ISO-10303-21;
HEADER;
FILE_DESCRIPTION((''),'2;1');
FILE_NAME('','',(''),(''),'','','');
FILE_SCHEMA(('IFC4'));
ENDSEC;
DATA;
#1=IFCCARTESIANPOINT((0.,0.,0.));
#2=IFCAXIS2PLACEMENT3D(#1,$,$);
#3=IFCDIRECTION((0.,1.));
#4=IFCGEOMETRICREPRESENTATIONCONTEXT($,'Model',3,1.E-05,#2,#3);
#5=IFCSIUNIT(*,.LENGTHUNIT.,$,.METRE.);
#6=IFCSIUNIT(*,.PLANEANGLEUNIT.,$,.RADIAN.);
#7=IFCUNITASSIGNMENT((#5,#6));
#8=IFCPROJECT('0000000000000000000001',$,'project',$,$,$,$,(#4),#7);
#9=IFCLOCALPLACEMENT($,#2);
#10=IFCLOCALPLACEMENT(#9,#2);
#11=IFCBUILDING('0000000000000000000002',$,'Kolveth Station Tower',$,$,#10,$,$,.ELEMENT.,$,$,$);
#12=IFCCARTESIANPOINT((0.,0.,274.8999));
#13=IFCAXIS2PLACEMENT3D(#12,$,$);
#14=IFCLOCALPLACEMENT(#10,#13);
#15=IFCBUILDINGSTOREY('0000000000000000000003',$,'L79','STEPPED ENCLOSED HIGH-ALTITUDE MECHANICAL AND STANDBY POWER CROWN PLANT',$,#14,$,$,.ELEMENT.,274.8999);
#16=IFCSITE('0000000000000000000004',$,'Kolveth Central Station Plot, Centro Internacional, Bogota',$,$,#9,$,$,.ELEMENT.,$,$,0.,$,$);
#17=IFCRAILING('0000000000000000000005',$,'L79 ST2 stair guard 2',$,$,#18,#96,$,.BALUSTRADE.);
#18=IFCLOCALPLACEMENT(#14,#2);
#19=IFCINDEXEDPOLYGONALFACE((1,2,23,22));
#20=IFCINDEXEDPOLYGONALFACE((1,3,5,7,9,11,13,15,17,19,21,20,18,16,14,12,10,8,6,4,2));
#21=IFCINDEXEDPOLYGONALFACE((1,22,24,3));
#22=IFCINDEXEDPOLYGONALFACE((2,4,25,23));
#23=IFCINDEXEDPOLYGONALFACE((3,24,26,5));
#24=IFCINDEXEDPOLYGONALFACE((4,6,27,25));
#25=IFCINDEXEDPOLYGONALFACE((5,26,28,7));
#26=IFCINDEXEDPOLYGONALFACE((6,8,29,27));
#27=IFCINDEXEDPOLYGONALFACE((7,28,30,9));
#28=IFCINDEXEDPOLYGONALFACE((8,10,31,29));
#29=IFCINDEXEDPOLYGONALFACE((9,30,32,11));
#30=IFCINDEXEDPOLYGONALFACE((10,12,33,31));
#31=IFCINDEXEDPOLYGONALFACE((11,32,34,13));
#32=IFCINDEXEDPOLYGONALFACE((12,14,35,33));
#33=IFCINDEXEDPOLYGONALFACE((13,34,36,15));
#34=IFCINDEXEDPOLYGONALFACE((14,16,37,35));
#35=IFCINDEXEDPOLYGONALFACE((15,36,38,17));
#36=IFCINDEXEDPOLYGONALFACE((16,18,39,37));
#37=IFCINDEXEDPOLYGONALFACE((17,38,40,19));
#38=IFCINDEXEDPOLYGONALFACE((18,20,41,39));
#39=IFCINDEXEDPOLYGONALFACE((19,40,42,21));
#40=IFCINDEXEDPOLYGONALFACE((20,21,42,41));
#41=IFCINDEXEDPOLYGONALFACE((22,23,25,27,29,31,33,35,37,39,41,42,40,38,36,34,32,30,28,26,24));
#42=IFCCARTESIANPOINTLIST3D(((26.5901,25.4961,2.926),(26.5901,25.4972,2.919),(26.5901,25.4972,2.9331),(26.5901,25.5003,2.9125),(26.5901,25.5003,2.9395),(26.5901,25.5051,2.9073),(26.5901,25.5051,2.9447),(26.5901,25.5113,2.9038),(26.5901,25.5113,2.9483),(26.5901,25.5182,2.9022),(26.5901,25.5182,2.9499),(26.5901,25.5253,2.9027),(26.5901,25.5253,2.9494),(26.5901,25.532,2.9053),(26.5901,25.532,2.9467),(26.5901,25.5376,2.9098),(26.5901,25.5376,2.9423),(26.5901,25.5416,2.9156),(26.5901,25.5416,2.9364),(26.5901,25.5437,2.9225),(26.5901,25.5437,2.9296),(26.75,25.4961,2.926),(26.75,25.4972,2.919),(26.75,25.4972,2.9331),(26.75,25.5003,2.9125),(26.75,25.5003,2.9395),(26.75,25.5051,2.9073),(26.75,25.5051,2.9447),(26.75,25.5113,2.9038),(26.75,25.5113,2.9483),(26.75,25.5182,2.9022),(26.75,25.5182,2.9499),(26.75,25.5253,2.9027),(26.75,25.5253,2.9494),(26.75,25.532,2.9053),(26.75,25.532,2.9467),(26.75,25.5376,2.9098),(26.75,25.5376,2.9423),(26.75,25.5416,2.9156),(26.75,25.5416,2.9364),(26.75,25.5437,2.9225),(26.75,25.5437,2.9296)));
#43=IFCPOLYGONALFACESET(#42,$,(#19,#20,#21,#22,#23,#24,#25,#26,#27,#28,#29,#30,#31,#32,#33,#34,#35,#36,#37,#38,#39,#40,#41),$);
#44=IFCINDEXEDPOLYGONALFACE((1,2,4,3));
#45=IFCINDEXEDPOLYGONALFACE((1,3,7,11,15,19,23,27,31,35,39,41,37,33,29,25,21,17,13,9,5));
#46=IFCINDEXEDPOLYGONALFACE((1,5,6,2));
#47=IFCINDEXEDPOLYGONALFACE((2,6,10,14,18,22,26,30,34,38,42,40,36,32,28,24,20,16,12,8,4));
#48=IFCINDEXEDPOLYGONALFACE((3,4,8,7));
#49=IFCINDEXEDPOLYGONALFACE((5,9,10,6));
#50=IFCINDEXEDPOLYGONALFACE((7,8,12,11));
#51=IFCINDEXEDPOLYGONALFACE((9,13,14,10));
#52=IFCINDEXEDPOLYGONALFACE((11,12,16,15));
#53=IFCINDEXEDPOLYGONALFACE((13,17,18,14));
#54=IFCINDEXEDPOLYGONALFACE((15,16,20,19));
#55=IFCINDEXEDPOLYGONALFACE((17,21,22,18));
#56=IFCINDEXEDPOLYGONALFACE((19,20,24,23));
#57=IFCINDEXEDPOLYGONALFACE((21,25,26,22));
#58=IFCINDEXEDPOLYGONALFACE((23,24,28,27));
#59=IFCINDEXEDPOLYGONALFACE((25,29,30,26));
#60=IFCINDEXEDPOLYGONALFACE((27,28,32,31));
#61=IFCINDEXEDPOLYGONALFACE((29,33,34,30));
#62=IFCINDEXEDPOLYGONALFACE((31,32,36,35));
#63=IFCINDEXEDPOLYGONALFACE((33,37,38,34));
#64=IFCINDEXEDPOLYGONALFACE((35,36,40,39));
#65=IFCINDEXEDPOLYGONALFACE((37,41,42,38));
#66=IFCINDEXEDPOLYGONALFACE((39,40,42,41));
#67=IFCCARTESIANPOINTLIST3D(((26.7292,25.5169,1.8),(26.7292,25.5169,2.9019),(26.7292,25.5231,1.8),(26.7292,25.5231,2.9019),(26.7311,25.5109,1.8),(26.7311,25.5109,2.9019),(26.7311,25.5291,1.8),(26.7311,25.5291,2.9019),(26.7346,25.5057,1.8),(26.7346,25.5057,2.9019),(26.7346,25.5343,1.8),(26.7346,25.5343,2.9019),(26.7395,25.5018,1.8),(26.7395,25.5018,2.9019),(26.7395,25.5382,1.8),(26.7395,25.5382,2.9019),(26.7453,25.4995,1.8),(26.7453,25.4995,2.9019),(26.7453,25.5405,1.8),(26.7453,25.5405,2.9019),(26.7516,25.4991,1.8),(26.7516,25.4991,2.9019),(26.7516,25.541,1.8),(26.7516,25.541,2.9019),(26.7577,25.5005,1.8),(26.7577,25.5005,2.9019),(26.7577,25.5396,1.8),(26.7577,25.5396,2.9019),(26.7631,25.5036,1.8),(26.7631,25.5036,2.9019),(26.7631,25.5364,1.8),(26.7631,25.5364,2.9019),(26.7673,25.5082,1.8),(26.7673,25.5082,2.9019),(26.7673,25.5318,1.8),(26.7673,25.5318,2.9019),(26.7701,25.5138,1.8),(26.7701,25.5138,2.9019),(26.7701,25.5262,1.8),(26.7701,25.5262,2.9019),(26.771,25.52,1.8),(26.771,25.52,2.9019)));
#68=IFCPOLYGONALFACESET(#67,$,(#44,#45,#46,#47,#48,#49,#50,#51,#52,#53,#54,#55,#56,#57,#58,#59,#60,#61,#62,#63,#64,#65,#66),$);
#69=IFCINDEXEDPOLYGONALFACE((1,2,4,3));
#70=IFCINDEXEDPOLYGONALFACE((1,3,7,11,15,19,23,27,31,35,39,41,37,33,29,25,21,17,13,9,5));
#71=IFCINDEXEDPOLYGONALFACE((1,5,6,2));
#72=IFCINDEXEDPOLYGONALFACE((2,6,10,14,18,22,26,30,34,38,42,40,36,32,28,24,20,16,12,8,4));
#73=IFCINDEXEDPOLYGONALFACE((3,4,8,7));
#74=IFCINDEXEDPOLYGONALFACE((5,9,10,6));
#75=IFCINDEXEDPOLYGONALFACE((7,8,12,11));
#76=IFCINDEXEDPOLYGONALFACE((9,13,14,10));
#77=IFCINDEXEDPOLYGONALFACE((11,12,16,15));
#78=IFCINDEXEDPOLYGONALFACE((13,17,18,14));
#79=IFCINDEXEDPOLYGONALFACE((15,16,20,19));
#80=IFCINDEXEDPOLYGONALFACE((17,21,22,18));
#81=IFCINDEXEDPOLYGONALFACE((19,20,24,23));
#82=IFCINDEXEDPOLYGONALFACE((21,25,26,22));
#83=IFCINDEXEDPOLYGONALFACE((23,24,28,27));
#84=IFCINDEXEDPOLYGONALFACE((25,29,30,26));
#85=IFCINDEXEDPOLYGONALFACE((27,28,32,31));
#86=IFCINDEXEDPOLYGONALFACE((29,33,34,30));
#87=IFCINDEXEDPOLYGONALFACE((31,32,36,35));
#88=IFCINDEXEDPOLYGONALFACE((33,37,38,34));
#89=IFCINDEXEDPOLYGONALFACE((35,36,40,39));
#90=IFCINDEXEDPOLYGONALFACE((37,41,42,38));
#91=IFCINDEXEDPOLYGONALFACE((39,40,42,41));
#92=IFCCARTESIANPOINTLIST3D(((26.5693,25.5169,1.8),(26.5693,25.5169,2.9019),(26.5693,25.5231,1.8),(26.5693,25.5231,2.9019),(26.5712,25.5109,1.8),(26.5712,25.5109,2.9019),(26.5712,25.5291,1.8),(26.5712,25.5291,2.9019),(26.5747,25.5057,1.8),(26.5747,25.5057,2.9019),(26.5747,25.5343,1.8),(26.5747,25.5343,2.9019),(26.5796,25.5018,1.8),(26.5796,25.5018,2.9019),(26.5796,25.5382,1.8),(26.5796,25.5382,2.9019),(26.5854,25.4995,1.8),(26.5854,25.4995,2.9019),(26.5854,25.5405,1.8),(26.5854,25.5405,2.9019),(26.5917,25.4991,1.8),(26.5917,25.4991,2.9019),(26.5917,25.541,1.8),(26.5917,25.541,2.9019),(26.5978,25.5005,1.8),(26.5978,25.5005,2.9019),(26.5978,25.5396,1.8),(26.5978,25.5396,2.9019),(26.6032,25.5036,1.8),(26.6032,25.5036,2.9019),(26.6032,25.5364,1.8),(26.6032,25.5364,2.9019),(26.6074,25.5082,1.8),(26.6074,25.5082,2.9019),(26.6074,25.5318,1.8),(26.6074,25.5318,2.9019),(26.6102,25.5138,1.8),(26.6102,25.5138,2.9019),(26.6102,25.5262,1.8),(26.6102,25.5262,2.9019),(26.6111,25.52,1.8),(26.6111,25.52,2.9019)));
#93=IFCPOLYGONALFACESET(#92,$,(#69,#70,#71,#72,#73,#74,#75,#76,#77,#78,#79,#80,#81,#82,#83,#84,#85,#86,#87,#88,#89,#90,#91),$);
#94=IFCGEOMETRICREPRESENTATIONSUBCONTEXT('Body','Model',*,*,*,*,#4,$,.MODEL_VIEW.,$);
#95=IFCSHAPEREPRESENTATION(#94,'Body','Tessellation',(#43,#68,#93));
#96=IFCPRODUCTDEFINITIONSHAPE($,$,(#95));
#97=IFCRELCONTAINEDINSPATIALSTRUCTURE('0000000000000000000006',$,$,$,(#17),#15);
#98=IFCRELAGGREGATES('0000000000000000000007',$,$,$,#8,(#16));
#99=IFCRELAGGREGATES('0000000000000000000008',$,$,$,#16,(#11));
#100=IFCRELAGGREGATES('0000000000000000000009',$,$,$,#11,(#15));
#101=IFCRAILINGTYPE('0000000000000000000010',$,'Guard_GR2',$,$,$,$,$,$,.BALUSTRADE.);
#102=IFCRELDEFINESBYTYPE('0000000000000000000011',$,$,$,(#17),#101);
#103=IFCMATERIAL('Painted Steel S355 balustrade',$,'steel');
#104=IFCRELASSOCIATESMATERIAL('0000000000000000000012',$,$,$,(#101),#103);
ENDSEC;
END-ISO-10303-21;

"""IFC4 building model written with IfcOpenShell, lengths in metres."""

from ifc_helpers import new_model, si_unit, direction, frame, origin, origin_2d, place, context, subcontext, project, spatial, circle, extrude, material, type_object, element, save


model = new_model("IFC4")

# Units and contexts
model_context = context("Model", 3, precision=1e-05, world=origin(), true_north=direction((0.0, 1.0)))
body_context = subcontext(model_context, "Body", "Model", "MODEL_VIEW")
ifc_project = project(units=[si_unit("LENGTHUNIT", "METRE"), si_unit("PLANEANGLEUNIT", "RADIAN")], contexts=[model_context])

# Site, building, storey
site_placement = place(None, origin())
site = spatial("IfcSite", under=ifc_project, at=site_placement, Name="Kolveth Central Station Plot, Centro Internacional, Bogota", CompositionType="ELEMENT", RefElevation=0.0)
building_placement = place(site_placement, origin())
building = spatial("IfcBuilding", under=site, at=building_placement, Name="Kolveth Station Tower", CompositionType="ELEMENT")
storey_placement = place(building_placement, frame((0.0, 0.0, 274.8999)))
storey = spatial("IfcBuildingStorey", under=building, at=storey_placement, Name="L79", Description="STEPPED ENCLOSED HIGH-ALTITUDE MECHANICAL AND STANDBY POWER CROWN PLANT", CompositionType="ELEMENT", Elevation=274.8999)

# Railing
ifc_material_1 = material(Name="Painted Steel S355 balustrade", Category="steel")
railing_type_1 = type_object("IfcRailingType", Name="Guard_GR2", PredefinedType="BALUSTRADE", material=ifc_material_1)
railing_1_placement = place(storey_placement, frame((26.75, 25.52, 1.8)))
element("IfcRailing", 1, at=railing_1_placement, inside=storey, type_object=railing_type_1, Name="L79 ST2 stair guard 2", PredefinedType="BALUSTRADE", context=body_context, shape_type="SweptSolid", body=[
    extrude(circle(Radius=0.0239, at=origin_2d()), frame((0.0, 0.0, 1.126), z_axis=(-1.0, 0.0, 0.0), x_axis=(0.0, -1.0, 0.0)), (0.0, 0.0, 1.0), 0.1599),
    extrude(circle(Radius=0.021, at=origin_2d()), origin(), (0.0, 0.0, 1.0), 1.1018),
    extrude(circle(Radius=0.021, at=origin_2d()), frame((-0.1599, 0.0, 0.0)), (0.0, 0.0, 1.0), 1.1018),
])

save(model, "model.ifc")
